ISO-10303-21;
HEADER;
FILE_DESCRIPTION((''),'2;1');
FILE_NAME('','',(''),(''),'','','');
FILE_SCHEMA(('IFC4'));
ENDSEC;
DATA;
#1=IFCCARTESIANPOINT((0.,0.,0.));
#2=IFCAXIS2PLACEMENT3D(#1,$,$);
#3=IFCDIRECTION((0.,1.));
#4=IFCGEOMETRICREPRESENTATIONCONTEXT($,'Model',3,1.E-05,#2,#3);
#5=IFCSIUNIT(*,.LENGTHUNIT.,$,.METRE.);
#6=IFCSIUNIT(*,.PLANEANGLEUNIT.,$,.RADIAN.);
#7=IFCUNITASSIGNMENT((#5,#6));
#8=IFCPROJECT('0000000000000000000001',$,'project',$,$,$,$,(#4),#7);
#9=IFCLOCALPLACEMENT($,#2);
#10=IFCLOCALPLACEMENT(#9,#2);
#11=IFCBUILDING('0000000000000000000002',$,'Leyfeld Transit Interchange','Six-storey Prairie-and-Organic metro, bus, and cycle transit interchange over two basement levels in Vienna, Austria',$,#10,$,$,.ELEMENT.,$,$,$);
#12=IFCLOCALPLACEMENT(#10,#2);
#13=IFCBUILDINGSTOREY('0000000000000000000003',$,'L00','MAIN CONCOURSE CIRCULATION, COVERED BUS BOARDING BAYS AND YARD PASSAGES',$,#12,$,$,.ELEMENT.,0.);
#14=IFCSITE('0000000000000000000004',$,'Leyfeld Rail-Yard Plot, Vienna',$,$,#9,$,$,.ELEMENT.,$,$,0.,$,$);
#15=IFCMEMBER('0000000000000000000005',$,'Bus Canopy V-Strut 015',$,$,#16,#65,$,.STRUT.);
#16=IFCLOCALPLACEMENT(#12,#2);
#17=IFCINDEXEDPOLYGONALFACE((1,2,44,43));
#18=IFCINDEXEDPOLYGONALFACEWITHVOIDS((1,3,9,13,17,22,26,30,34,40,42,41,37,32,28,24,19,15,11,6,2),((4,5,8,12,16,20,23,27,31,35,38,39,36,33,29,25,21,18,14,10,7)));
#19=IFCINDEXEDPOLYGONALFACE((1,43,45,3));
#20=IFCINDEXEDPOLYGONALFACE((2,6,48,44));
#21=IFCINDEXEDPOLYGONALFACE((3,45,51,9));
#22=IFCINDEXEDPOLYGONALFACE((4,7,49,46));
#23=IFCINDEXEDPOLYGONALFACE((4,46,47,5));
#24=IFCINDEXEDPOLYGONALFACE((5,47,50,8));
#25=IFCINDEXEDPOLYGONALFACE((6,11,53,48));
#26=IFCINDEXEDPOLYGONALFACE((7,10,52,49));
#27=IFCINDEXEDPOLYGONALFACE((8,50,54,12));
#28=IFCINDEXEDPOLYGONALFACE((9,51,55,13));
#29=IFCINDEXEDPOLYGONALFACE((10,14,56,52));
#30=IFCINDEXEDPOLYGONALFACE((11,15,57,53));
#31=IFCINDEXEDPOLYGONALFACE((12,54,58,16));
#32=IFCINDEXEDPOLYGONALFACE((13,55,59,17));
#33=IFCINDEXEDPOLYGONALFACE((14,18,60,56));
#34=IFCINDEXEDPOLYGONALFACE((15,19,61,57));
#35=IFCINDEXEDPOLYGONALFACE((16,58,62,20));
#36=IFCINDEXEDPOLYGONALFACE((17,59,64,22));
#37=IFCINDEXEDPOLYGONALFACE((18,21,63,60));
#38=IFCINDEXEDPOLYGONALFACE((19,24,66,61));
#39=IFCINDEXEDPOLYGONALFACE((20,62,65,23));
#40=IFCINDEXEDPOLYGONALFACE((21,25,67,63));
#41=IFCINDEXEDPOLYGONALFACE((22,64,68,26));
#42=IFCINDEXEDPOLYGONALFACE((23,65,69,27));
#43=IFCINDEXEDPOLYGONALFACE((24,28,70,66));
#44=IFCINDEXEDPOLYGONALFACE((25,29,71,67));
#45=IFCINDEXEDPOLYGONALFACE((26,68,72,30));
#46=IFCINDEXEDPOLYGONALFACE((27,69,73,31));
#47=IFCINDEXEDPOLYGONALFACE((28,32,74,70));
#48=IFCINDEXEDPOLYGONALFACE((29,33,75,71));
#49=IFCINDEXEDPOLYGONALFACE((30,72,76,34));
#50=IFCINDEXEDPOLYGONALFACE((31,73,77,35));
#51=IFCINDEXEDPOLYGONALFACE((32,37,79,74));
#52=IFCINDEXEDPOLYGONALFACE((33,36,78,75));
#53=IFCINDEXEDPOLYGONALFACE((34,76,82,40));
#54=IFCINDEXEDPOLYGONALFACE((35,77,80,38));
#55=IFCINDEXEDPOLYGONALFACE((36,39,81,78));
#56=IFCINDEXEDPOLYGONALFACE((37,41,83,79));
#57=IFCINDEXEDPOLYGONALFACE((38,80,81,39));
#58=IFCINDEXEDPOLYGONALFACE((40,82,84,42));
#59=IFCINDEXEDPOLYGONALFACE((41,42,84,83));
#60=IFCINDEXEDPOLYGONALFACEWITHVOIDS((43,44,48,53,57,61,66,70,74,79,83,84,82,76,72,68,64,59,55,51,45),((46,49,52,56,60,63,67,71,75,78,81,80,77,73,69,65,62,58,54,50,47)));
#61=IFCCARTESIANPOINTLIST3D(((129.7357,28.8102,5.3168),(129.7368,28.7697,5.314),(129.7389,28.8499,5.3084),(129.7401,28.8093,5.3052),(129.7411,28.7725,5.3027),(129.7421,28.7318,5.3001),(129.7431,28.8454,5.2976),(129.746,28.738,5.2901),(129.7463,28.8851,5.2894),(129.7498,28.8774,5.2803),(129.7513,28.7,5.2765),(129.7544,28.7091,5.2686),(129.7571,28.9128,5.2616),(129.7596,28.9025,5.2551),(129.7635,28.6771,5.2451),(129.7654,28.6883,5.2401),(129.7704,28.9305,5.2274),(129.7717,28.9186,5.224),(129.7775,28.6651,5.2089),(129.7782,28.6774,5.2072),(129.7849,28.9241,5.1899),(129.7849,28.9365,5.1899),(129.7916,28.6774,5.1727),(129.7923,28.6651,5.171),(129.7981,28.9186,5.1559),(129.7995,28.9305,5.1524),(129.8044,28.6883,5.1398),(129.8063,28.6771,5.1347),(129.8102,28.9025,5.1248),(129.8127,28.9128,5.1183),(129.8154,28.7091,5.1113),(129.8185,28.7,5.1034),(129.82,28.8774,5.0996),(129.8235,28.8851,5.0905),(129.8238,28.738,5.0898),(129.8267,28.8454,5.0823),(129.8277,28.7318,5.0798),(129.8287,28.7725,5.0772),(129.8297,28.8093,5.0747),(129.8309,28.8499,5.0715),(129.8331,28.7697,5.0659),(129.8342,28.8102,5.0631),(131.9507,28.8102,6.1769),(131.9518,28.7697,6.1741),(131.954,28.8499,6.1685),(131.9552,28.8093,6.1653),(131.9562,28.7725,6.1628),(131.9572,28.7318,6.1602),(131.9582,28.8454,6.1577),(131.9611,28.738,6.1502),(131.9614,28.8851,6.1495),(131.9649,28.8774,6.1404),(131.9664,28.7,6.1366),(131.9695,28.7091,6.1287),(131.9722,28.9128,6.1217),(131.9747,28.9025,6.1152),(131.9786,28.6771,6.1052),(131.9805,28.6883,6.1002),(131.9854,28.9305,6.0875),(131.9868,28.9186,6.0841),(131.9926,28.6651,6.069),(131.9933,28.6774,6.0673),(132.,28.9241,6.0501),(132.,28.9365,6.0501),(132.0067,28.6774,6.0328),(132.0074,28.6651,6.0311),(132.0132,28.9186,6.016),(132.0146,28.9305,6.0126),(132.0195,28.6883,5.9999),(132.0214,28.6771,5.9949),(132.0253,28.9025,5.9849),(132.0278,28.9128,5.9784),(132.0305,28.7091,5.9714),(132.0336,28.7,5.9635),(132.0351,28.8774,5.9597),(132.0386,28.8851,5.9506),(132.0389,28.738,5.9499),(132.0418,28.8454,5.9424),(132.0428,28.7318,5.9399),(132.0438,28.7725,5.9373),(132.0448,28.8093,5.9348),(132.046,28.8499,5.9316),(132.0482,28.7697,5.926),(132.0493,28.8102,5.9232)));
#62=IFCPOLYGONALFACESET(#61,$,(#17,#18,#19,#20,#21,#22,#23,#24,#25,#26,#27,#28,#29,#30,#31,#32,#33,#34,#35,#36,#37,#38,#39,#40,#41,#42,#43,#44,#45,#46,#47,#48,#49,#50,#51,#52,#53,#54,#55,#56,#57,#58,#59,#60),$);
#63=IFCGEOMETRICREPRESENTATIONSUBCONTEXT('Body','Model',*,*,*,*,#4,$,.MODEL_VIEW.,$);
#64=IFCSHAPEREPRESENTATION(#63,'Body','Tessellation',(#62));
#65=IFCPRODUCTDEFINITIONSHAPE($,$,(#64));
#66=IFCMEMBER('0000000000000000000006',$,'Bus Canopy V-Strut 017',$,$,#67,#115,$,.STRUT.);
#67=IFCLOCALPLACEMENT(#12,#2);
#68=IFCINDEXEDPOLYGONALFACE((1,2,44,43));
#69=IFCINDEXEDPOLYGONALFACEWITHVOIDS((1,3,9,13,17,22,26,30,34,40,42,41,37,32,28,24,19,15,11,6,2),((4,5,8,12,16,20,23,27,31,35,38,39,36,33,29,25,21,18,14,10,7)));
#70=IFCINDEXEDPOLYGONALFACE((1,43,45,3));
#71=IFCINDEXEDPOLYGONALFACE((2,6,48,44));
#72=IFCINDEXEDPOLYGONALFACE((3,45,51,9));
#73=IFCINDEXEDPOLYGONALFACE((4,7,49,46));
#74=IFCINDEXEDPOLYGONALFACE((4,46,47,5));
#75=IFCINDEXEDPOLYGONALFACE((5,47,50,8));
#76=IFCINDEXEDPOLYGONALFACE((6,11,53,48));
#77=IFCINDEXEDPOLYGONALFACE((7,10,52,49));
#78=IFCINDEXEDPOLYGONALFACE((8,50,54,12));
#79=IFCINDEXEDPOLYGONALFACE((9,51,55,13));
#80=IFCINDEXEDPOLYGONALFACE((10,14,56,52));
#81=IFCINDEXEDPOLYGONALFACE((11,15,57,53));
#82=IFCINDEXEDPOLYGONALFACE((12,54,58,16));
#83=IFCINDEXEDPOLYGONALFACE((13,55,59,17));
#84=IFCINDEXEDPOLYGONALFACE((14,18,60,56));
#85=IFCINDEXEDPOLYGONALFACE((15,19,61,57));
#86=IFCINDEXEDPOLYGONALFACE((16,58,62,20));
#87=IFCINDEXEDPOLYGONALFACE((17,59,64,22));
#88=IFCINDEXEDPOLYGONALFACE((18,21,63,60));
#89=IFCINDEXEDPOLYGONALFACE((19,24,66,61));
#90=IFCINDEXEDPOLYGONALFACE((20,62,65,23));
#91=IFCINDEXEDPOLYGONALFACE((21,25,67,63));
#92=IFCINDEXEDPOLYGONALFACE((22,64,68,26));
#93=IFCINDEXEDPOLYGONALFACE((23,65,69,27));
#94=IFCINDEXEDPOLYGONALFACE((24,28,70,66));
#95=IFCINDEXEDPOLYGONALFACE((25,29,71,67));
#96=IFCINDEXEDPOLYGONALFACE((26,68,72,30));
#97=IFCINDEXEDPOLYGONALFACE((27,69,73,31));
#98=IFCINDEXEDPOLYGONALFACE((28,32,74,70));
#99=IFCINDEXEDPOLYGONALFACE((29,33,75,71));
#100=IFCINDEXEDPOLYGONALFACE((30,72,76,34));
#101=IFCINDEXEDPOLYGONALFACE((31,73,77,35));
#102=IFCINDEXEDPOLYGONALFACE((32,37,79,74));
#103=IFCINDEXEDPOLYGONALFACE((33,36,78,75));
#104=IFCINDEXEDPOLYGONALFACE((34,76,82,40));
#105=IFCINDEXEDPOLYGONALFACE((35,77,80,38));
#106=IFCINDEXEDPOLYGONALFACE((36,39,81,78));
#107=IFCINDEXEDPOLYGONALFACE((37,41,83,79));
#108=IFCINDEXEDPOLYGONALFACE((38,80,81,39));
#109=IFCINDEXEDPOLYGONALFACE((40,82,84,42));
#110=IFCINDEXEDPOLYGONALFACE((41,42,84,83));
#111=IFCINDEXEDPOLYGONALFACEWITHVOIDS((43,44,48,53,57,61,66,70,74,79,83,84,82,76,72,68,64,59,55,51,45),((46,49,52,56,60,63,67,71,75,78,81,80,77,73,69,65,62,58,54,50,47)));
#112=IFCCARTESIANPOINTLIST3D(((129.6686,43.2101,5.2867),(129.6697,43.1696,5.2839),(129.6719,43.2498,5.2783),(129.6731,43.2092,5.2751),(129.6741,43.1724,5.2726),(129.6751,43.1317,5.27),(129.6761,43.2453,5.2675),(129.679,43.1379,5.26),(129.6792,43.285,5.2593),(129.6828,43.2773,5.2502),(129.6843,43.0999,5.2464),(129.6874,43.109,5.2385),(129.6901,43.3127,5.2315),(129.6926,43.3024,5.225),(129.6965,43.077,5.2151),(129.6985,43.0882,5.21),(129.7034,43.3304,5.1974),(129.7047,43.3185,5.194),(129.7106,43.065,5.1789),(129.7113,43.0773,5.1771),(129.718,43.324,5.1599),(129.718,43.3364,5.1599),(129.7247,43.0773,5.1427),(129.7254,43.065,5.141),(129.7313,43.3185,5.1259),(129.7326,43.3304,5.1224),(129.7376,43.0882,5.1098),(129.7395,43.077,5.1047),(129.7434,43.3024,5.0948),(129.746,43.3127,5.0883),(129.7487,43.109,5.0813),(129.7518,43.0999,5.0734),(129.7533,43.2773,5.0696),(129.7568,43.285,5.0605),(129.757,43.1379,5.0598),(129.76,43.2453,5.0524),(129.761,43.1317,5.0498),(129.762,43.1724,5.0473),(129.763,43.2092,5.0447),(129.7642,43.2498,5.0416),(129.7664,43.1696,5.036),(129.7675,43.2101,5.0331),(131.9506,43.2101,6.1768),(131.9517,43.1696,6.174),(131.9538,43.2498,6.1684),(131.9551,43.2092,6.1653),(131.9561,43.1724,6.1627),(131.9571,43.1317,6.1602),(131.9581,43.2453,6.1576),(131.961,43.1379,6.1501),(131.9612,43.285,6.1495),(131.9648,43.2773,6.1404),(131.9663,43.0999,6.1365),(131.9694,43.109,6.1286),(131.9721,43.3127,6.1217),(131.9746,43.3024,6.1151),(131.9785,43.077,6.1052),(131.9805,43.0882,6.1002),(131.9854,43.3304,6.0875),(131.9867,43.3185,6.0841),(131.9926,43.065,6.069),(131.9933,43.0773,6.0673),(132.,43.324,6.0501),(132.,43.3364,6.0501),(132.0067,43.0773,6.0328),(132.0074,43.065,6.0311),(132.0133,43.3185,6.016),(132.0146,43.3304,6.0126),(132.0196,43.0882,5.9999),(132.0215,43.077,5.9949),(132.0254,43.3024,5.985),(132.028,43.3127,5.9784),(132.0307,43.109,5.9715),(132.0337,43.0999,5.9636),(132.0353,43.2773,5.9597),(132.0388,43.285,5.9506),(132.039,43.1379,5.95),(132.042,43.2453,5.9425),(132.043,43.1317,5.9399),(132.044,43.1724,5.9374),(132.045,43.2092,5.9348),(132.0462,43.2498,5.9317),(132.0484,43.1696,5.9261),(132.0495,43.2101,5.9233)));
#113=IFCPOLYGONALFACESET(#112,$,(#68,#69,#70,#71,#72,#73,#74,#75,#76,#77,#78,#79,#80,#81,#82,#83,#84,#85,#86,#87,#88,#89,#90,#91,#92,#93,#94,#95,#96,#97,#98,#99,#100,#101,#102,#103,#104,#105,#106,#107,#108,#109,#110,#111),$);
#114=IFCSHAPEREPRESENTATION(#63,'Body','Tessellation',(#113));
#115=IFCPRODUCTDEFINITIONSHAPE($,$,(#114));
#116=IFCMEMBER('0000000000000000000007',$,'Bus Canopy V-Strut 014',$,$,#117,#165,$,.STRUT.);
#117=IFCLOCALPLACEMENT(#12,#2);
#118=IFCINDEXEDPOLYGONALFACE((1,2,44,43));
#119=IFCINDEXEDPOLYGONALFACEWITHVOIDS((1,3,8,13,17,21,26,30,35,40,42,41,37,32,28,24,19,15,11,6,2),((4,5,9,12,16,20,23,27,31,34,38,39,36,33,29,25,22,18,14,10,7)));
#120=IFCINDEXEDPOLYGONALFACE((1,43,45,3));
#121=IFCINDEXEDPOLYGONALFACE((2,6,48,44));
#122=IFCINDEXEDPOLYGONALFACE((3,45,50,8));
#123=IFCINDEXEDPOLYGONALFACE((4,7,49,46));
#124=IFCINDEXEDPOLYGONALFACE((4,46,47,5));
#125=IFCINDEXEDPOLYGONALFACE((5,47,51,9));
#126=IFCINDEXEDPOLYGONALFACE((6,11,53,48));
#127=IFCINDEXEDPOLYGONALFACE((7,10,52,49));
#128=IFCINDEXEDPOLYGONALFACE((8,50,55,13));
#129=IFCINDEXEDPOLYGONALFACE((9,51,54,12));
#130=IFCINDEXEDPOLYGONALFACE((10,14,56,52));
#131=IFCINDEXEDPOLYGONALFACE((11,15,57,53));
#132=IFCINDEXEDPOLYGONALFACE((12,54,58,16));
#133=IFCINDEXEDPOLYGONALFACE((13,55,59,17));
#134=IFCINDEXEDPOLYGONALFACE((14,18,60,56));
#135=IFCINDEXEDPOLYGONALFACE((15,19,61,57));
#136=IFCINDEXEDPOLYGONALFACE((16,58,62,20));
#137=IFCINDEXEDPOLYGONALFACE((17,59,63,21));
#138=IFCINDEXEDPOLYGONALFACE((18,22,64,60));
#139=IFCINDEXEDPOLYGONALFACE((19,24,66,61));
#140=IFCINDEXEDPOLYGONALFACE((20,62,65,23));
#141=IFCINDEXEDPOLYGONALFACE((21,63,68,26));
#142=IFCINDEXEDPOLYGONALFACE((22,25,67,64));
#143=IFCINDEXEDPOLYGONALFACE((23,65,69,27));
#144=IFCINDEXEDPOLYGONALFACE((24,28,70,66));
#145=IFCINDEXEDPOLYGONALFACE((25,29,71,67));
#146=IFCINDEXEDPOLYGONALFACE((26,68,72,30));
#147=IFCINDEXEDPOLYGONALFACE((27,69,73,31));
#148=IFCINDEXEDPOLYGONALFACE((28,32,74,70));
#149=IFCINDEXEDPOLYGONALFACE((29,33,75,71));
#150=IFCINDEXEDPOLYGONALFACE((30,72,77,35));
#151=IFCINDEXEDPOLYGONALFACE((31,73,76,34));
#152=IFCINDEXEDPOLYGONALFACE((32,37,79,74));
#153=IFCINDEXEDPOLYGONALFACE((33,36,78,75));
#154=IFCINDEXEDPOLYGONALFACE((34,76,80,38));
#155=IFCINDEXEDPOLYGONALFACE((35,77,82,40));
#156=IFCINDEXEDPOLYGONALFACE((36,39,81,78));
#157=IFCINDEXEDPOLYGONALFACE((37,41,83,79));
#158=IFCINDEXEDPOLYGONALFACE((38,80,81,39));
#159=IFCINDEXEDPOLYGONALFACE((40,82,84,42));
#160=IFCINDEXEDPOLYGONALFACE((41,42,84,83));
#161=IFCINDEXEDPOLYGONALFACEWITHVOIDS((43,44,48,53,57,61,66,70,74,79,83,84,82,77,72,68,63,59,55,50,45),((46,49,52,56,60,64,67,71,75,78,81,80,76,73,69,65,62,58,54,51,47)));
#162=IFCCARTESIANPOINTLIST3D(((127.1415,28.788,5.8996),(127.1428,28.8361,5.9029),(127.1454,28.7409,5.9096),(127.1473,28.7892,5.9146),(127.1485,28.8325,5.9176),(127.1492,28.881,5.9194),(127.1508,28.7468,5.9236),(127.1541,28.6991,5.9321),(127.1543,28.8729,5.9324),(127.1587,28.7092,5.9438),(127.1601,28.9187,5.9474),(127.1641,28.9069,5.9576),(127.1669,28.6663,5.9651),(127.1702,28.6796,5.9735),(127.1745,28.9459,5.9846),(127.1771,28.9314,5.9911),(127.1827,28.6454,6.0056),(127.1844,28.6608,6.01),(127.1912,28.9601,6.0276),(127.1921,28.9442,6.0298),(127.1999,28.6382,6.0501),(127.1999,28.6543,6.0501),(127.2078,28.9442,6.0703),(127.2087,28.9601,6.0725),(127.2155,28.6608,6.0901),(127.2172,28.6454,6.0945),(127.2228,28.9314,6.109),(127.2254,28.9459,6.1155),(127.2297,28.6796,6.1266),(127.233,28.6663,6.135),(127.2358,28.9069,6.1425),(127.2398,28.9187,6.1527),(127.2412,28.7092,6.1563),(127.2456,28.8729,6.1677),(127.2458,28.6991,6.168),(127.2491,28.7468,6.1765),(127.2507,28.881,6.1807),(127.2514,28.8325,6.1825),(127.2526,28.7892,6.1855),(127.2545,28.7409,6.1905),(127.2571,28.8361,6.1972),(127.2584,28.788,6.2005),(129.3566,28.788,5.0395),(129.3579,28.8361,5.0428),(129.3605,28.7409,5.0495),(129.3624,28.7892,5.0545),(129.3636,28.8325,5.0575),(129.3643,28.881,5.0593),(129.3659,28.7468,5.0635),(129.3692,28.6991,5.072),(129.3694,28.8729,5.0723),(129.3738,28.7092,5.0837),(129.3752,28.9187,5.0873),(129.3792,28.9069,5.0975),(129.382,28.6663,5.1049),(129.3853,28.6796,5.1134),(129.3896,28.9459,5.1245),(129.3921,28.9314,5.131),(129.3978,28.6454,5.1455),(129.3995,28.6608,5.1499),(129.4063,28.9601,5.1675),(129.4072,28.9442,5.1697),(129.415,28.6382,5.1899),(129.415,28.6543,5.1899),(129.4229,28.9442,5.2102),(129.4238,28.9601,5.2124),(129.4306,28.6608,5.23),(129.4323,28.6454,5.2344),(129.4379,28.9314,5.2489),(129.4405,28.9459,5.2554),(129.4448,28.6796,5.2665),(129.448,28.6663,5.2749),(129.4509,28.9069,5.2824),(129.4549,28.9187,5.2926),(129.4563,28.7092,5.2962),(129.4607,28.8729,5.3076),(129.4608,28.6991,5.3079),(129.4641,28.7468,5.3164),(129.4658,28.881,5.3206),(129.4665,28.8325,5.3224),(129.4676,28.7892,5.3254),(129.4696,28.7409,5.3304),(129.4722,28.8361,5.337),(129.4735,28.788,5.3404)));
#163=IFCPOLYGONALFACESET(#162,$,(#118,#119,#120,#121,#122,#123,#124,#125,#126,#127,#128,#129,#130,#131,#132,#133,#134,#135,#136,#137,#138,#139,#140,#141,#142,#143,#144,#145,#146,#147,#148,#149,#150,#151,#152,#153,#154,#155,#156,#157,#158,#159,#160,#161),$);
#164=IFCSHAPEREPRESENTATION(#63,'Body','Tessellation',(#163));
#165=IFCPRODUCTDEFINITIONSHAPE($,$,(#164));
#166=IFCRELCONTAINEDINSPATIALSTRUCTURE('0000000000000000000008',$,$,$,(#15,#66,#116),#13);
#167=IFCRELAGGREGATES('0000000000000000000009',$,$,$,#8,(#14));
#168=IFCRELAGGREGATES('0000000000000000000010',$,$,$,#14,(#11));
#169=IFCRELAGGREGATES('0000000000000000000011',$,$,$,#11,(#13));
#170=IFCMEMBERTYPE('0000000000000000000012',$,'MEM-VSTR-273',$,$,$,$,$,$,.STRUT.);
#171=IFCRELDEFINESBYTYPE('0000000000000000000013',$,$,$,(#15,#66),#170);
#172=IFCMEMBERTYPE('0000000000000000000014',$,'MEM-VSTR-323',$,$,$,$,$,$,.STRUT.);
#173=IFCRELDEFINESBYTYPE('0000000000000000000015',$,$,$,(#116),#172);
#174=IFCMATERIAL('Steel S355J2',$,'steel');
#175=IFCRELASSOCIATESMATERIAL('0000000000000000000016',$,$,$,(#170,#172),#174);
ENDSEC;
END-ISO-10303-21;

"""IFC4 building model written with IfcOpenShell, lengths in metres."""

from ifc_helpers import new_model, si_unit, direction, frame, origin, origin_2d, place, context, subcontext, project, spatial, hollow_circle, extrude, material, material_profile, profile_set, type_object, element, save


model = new_model("IFC4")

# Units and contexts
model_context = context("Model", 3, precision=1e-05, world=origin(), true_north=direction((0.0, 1.0)))
body_context = subcontext(model_context, "Body", "Model", "MODEL_VIEW")
ifc_project = project(units=[si_unit("LENGTHUNIT", "METRE"), si_unit("PLANEANGLEUNIT", "RADIAN")], contexts=[model_context])

# Site, building, storey
site_placement = place(None, origin())
site = spatial("IfcSite", under=ifc_project, at=site_placement, Name="Leyfeld Rail-Yard Plot, Vienna", CompositionType="ELEMENT", RefElevation=0.0)
building_placement = place(site_placement, origin())
building = spatial("IfcBuilding", under=site, at=building_placement, Name="Leyfeld Transit Interchange", Description="Six-storey Prairie-and-Organic metro, bus, and cycle transit interchange over two basement levels in Vienna, Austria", CompositionType="ELEMENT")
storey_placement = place(building_placement, origin())
storey = spatial("IfcBuildingStorey", under=building, at=storey_placement, Name="L00", Description="MAIN CONCOURSE CIRCULATION, COVERED BUS BOARDING BAYS AND YARD PASSAGES", CompositionType="ELEMENT", Elevation=0.0)

# Shared definitions
ifc_material_1 = material(Name="Steel S355J2", Category="steel")

# Members
ifc_material_profile_1 = material_profile(ifc_material_1, hollow_circle(Radius=0.1365, WallThickness=0.0125, at=origin_2d()), Name="CHS 273x12.5")
ifc_profile_set_1 = profile_set([ifc_material_profile_1], Name="Steel S355J2")
member_type_1 = type_object("IfcMemberType", Name="MEM-VSTR-273", PredefinedType="STRUT", material=ifc_profile_set_1)
member_1_placement = place(storey_placement, frame((129.7849, 28.8, 5.1899), z_axis=(0.932192, 0.0, 0.361965), x_axis=(0.0, 1.0, 0.0)))
element("IfcMember", 1, at=member_1_placement, inside=storey, type_object=member_type_1, Name="Bus Canopy V-Strut 015", PredefinedType="STRUT", context=body_context, shape_type="SweptSolid", body=[
    extrude(hollow_circle(Radius=0.1365, WallThickness=0.0125, at=origin_2d()), origin(), (0.0, 0.0, 1.0), 2.3762),
])
member_2_placement = place(storey_placement, frame((129.718, 43.2, 5.1599), z_axis=(0.931632, 0.0, 0.363403), x_axis=(0.0, 1.0, 0.0)))
element("IfcMember", 2, at=member_2_placement, inside=storey, type_object=member_type_1, Name="Bus Canopy V-Strut 017", PredefinedType="STRUT", context=body_context, shape_type="SweptSolid", body=[
    extrude(hollow_circle(Radius=0.1365, WallThickness=0.0125, at=origin_2d()), origin(), (0.0, 0.0, 1.0), 2.4495),
])
ifc_material_profile_2 = material_profile(ifc_material_1, hollow_circle(Radius=0.1619, WallThickness=0.0161, at=origin_2d()), Name="CHS 323.9x16")
ifc_profile_set_2 = profile_set([ifc_material_profile_2], Name="Steel S355J2")
member_type_2 = type_object("IfcMemberType", Name="MEM-VSTR-323", PredefinedType="STRUT", material=ifc_profile_set_2)
member_3_placement = place(storey_placement, frame((129.415, 28.8, 5.1899), z_axis=(-0.932192, 0.0, 0.361965), x_axis=(0.0, -1.0, 0.0)))
element("IfcMember", 3, at=member_3_placement, inside=storey, type_object=member_type_2, Name="Bus Canopy V-Strut 014", PredefinedType="STRUT", context=body_context, shape_type="SweptSolid", body=[
    extrude(hollow_circle(Radius=0.1619, WallThickness=0.0161, at=origin_2d()), origin(), (0.0, 0.0, 1.0), 2.3762),
])

save(model, "model.ifc")
